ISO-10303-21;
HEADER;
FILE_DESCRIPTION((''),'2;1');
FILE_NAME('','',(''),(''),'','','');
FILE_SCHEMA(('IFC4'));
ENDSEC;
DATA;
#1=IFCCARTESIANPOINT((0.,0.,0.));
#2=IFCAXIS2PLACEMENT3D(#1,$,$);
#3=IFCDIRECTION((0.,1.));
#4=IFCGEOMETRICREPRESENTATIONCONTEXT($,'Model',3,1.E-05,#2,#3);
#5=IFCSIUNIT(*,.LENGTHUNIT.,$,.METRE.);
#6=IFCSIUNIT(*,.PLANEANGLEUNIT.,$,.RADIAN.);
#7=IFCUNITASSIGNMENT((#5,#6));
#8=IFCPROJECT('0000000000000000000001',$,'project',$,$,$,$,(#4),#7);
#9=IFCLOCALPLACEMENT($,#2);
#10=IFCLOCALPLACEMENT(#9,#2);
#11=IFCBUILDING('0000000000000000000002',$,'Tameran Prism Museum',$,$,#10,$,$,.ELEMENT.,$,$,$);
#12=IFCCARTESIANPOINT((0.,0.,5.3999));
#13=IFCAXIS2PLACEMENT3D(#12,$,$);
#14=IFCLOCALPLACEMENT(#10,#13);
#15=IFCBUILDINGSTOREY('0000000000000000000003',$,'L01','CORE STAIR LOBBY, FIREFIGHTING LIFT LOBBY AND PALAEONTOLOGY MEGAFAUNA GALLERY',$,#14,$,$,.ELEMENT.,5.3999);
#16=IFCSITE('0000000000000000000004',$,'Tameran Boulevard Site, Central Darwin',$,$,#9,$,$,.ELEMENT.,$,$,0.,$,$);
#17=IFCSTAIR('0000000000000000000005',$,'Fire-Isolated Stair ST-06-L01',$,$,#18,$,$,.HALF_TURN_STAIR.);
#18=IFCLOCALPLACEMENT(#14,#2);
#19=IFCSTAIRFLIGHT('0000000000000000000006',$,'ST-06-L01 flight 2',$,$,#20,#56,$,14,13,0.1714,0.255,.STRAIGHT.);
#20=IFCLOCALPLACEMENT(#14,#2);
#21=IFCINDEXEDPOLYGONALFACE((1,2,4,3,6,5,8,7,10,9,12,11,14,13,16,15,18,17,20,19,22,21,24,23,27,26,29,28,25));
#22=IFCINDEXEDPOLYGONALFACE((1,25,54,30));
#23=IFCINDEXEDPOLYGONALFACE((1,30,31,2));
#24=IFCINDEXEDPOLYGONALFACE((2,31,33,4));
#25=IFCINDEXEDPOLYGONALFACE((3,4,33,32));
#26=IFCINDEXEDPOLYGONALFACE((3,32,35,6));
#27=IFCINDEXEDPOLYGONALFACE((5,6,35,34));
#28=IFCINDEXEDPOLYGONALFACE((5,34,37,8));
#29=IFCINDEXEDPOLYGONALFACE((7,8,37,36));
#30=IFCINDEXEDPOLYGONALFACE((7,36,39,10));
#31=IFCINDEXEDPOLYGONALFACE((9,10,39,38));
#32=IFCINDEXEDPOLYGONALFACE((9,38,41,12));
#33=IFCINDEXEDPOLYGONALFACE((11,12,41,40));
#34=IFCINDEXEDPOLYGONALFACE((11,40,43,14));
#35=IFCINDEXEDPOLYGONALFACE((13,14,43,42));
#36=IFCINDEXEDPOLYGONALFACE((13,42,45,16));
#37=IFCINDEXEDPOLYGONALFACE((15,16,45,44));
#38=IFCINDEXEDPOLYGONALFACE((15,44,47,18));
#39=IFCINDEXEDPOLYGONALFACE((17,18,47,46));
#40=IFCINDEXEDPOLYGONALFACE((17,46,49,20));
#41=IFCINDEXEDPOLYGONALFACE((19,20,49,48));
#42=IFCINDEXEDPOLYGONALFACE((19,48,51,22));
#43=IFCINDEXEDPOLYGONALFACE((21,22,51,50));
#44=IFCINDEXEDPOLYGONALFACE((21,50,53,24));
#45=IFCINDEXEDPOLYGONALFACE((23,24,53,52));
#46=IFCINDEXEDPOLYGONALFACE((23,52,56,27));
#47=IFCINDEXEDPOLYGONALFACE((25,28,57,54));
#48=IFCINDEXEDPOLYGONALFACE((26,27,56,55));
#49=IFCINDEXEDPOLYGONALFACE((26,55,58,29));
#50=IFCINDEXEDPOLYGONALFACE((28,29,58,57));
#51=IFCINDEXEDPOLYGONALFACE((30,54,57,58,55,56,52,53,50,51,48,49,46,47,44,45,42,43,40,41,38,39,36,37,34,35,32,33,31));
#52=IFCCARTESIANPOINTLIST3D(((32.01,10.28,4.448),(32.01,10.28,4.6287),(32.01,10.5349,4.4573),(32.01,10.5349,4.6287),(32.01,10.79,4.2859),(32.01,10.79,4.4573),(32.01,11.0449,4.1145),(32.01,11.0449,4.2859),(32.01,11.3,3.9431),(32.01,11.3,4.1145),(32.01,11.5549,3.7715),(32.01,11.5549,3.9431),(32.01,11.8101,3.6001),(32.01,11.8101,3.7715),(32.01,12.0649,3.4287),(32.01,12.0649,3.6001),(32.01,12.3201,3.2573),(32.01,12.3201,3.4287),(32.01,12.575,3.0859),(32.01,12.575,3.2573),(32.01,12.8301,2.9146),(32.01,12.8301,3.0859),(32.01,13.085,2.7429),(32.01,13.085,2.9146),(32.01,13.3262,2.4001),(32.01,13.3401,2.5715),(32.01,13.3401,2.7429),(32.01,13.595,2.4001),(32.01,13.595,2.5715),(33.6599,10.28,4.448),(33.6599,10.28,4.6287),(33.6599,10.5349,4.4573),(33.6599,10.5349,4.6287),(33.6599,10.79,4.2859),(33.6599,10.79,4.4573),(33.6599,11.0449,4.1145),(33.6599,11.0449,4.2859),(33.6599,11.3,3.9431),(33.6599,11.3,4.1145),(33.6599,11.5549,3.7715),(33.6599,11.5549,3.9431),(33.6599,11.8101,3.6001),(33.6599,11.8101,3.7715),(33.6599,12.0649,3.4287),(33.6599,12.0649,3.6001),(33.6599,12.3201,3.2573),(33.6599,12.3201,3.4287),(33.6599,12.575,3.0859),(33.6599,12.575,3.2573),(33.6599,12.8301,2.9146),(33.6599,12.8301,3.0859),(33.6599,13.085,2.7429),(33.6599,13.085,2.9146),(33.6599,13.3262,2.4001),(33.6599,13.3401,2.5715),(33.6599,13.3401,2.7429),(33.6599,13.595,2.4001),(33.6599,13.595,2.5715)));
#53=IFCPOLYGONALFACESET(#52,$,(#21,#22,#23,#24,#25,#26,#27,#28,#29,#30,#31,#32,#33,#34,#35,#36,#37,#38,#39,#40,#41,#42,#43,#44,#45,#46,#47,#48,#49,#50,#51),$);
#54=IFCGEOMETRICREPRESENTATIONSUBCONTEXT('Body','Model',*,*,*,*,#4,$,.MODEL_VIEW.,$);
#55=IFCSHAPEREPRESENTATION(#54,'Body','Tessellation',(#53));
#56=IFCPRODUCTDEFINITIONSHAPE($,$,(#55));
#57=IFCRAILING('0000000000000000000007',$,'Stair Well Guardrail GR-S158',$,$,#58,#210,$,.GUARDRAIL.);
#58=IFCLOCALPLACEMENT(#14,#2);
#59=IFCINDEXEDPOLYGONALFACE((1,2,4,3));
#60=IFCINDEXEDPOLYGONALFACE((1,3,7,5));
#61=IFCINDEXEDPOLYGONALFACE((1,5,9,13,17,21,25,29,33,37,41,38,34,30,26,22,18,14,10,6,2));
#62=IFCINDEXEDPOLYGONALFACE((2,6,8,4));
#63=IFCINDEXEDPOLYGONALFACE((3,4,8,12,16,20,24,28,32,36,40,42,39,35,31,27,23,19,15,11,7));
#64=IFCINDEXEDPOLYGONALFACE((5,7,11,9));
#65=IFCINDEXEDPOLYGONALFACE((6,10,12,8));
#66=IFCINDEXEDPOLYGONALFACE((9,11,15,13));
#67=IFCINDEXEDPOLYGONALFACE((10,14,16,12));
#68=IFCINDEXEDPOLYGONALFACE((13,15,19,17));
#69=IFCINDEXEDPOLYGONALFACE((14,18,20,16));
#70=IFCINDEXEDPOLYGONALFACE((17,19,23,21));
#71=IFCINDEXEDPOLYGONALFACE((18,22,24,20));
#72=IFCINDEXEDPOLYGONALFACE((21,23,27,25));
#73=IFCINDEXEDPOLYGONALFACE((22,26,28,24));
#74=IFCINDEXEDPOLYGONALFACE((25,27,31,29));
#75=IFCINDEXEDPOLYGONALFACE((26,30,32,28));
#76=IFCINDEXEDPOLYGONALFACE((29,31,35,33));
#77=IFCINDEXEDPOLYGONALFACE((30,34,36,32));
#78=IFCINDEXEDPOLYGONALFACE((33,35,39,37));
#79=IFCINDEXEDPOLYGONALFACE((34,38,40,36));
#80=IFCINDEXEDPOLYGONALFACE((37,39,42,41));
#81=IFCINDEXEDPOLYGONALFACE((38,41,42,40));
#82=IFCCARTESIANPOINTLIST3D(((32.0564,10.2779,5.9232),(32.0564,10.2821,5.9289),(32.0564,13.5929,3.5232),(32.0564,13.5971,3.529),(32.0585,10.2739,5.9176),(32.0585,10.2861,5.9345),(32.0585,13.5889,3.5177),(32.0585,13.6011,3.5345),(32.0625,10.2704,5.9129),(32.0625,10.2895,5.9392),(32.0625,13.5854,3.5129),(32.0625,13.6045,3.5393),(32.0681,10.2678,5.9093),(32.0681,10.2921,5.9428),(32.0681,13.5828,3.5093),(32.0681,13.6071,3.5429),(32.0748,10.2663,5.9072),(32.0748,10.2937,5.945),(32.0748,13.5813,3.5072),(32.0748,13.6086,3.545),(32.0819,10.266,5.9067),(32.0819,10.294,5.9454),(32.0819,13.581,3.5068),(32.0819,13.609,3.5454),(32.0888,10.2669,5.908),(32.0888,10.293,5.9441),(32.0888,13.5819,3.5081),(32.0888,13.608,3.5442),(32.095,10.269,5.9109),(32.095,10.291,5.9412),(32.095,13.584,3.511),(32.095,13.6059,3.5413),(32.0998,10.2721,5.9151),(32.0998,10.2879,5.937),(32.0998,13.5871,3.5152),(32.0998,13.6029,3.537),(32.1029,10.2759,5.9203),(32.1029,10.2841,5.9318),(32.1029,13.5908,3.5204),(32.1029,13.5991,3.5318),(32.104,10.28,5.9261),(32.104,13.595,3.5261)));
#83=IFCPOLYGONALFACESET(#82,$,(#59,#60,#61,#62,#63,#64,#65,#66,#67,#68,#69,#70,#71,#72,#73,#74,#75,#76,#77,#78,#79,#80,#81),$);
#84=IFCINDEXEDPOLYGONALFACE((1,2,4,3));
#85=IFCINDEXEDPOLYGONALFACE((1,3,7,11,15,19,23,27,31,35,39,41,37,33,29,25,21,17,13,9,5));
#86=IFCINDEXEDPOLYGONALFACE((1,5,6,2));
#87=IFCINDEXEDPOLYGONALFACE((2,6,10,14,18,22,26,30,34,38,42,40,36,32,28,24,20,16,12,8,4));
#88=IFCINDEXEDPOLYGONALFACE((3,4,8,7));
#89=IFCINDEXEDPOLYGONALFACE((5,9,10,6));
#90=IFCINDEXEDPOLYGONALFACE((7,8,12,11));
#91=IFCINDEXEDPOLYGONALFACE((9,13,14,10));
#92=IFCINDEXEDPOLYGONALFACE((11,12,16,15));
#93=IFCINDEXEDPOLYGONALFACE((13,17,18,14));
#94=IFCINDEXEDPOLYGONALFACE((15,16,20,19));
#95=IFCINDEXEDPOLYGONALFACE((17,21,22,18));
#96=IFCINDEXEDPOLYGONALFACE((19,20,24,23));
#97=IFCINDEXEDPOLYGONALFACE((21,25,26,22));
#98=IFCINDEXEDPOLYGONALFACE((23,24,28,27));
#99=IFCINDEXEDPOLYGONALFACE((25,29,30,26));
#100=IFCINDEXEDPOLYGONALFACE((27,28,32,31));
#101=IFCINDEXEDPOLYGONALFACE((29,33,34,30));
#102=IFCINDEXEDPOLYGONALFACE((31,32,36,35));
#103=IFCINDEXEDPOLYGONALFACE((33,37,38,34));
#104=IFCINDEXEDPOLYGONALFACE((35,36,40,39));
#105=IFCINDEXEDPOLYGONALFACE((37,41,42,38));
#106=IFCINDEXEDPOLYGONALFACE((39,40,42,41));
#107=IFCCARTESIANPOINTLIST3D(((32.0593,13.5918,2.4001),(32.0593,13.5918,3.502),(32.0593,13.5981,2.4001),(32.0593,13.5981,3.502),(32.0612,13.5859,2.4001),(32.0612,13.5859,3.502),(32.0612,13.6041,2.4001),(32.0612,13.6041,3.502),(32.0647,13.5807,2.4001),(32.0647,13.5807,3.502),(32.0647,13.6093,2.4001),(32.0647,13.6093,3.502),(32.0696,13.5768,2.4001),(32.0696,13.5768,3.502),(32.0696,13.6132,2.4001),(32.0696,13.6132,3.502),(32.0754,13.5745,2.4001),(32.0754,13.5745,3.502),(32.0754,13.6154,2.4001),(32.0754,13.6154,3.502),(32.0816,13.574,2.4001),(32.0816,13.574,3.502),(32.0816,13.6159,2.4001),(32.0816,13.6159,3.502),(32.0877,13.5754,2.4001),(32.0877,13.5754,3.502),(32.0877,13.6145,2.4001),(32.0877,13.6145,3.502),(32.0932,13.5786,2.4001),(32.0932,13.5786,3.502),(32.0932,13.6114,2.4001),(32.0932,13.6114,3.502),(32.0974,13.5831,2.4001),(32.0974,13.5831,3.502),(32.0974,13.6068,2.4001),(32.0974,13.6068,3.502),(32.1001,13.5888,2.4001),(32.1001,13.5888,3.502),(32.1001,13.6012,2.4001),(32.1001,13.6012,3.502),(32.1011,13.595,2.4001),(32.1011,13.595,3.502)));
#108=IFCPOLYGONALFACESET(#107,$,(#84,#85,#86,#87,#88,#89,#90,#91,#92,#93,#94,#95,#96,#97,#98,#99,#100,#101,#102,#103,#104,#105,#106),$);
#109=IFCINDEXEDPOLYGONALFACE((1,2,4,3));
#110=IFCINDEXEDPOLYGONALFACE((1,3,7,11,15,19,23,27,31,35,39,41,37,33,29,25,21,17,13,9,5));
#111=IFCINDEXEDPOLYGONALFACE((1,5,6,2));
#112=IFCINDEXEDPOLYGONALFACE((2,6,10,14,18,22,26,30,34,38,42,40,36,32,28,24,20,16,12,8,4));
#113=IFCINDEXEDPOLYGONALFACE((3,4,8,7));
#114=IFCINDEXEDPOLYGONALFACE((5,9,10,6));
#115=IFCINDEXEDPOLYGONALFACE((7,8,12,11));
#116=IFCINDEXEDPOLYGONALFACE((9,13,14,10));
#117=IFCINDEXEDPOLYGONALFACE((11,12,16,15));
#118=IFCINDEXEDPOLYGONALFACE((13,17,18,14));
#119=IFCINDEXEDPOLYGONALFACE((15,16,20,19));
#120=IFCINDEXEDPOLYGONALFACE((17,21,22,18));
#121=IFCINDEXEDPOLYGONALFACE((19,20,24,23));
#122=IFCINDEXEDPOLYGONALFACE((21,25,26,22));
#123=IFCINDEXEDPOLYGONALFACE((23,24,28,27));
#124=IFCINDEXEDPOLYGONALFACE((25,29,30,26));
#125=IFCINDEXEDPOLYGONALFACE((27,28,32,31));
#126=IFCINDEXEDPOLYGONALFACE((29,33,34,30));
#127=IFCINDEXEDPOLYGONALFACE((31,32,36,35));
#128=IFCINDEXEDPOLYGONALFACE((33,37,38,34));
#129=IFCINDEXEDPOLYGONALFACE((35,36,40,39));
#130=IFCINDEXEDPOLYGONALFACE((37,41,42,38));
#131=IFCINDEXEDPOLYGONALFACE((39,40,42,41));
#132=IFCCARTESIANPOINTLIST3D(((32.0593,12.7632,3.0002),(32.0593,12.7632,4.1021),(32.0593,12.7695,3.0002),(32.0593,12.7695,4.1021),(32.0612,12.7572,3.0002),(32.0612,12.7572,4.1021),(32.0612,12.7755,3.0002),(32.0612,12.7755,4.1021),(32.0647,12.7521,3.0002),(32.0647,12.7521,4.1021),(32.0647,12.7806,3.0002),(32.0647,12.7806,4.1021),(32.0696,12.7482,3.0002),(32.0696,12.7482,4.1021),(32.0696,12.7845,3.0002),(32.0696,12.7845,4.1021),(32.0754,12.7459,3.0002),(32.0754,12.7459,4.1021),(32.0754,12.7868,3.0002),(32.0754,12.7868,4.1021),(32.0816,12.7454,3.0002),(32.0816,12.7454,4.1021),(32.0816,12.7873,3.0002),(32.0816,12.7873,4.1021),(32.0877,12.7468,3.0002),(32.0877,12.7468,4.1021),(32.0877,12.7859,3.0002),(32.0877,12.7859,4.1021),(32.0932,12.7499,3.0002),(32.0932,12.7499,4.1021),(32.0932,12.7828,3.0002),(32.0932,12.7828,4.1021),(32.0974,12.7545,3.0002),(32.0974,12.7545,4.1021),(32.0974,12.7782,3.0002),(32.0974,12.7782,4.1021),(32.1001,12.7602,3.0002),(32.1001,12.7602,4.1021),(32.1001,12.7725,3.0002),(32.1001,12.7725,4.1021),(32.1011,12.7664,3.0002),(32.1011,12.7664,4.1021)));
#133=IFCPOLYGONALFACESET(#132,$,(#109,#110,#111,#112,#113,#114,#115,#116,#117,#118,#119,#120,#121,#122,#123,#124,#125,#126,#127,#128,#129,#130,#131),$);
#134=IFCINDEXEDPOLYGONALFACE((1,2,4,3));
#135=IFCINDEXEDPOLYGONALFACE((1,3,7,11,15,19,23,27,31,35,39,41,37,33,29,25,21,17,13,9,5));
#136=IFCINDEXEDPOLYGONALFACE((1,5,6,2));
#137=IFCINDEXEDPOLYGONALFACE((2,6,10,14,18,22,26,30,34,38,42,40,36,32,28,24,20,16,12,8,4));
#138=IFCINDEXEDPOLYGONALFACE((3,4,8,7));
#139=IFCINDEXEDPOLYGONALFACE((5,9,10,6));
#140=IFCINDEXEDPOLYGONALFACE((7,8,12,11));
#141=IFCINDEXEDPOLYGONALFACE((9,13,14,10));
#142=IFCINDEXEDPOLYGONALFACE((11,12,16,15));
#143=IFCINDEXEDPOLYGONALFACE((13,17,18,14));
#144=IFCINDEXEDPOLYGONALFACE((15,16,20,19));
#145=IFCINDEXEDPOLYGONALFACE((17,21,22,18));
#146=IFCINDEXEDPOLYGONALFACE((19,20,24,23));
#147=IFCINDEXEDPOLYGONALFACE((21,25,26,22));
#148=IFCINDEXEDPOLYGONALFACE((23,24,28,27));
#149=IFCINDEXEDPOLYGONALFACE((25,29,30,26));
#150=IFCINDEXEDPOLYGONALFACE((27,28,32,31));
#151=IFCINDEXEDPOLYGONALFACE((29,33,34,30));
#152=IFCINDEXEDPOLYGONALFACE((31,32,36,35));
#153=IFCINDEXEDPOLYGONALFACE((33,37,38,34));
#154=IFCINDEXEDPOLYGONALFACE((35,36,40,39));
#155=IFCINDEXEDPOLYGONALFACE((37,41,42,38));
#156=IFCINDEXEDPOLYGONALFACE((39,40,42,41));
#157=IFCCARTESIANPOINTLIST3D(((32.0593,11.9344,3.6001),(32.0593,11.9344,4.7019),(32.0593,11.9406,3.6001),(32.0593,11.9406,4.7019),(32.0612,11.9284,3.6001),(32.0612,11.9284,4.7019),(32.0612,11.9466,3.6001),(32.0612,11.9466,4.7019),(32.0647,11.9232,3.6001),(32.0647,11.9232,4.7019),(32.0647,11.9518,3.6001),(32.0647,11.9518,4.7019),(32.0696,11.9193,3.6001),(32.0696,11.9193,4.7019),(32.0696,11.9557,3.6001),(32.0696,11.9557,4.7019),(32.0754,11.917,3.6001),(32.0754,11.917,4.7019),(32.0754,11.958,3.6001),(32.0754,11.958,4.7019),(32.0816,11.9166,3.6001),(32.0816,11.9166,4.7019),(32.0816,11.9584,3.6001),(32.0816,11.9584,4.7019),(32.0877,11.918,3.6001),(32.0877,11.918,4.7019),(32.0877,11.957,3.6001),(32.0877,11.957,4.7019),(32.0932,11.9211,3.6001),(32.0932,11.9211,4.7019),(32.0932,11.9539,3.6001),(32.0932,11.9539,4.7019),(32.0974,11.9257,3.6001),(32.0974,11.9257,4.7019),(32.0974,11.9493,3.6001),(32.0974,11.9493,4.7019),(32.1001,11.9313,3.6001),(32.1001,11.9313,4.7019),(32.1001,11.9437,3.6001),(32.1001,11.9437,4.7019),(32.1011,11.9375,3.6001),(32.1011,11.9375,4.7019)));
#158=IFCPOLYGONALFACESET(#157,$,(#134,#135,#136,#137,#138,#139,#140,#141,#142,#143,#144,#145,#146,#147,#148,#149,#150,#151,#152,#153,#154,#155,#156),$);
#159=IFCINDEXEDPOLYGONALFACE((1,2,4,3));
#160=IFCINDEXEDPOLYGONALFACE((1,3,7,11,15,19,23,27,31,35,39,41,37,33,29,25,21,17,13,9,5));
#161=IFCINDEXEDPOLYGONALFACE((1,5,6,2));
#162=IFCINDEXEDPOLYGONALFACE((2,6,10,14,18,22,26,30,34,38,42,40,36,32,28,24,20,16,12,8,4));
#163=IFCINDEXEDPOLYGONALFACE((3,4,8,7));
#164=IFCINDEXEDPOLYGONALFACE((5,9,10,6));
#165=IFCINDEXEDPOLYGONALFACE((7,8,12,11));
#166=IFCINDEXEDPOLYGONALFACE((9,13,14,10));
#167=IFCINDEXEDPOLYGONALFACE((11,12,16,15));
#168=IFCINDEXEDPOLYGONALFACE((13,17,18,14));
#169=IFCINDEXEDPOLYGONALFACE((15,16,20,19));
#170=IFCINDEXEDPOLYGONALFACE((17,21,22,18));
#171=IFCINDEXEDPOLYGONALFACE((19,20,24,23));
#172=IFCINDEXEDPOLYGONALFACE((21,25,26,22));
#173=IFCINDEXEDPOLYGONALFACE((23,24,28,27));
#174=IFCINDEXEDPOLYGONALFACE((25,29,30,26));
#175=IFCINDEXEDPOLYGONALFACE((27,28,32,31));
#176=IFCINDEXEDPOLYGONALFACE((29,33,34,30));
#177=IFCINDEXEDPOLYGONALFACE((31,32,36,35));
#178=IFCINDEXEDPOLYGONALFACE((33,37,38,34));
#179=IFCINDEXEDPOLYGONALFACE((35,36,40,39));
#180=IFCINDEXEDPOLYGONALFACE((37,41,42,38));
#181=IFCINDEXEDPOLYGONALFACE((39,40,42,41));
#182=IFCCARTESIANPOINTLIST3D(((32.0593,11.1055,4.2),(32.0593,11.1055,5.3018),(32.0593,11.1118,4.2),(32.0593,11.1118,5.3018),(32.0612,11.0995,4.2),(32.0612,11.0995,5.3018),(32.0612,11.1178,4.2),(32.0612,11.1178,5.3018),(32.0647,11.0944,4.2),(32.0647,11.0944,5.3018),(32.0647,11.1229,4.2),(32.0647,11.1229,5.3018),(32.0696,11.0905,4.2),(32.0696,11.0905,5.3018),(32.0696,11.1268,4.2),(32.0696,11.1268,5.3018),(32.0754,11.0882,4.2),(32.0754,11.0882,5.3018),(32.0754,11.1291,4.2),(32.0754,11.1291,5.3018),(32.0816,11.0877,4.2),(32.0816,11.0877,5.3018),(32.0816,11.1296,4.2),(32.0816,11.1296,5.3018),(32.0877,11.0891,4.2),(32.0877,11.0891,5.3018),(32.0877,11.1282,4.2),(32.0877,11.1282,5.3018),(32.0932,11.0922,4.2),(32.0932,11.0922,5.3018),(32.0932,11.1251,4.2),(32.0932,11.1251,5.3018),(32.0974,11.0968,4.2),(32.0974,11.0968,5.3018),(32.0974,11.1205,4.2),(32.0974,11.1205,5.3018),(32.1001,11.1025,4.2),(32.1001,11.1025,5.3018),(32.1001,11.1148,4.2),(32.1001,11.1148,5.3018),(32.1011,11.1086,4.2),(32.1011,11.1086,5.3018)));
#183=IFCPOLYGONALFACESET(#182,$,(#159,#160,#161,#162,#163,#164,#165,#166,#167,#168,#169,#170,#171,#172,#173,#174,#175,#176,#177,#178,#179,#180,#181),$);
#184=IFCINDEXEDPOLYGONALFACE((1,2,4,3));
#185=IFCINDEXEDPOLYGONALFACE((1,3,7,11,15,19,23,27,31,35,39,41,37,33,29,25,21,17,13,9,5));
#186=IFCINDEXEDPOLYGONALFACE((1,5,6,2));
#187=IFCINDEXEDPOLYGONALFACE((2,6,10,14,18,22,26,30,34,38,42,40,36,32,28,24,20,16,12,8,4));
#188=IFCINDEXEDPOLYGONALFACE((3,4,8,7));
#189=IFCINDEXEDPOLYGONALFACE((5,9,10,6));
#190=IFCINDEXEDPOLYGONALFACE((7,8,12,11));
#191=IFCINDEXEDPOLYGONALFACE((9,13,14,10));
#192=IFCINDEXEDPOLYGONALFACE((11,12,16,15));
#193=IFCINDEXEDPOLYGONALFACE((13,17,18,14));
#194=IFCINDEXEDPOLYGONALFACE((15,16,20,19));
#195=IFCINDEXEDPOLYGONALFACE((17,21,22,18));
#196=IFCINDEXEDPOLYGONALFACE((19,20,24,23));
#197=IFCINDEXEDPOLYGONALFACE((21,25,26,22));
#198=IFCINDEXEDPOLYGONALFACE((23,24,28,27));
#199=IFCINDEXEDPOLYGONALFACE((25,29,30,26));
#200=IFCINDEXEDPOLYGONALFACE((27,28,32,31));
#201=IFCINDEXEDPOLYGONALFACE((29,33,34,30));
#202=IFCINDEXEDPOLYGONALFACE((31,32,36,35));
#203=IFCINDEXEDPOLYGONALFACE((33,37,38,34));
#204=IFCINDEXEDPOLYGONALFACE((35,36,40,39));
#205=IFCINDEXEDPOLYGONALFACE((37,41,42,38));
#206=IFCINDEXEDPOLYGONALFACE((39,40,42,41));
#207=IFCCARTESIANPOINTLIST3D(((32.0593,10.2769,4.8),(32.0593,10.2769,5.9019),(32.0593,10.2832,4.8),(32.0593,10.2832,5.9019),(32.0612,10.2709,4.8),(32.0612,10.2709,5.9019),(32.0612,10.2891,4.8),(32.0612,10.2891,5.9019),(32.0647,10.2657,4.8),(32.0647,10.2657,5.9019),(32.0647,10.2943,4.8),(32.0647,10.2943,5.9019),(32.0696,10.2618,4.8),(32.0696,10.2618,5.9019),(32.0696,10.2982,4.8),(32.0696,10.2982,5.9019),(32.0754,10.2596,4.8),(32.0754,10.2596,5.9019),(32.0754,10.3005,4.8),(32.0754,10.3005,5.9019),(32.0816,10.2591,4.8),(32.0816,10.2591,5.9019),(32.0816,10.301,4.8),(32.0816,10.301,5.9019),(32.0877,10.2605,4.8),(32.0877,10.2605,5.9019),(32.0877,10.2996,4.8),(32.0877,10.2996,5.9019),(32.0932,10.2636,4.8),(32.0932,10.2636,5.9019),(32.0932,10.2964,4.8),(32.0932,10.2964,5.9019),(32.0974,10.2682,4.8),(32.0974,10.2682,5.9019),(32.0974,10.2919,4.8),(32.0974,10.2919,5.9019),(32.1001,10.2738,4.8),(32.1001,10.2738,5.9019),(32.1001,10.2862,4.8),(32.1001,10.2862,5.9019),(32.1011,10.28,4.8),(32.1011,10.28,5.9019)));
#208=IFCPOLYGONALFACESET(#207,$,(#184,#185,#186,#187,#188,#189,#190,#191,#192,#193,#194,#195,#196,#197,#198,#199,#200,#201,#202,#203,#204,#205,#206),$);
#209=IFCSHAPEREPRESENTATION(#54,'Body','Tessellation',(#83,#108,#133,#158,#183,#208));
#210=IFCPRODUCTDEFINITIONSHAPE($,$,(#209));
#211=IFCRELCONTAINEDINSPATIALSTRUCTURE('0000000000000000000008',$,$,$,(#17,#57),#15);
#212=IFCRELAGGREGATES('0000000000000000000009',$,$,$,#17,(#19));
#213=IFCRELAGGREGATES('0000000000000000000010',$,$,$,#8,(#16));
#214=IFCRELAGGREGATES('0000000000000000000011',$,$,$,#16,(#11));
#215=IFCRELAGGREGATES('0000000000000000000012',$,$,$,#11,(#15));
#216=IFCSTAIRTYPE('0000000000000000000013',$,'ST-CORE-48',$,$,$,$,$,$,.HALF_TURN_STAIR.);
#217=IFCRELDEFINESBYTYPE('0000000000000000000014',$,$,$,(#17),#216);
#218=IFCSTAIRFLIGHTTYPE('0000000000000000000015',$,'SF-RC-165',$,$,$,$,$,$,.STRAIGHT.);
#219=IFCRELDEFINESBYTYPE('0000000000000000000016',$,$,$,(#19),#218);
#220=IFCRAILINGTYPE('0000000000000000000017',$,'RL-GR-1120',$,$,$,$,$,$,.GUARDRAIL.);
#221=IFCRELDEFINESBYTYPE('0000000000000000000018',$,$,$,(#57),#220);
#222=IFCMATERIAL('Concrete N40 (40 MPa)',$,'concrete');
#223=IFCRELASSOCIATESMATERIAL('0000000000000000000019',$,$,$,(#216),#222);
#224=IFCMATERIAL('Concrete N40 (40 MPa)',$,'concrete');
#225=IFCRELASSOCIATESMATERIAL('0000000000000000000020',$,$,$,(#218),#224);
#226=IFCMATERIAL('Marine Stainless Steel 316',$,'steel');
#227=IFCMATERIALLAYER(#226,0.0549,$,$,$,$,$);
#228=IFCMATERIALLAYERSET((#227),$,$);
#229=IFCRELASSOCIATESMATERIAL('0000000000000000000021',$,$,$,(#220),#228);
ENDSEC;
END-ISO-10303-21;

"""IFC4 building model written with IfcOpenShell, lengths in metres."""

from ifc_helpers import new_model, si_unit, direction, frame, origin, origin_2d, place, context, subcontext, project, spatial, polyline, circle, outline, extrude, material, layer, layer_set, type_object, element, aggregate, save


model = new_model("IFC4")

# Units and contexts
model_context = context("Model", 3, precision=1e-05, world=origin(), true_north=direction((0.0, 1.0)))
body_context = subcontext(model_context, "Body", "Model", "MODEL_VIEW")
ifc_project = project(units=[si_unit("LENGTHUNIT", "METRE"), si_unit("PLANEANGLEUNIT", "RADIAN")], contexts=[model_context])

# Site, building, storey
site_placement = place(None, origin())
site = spatial("IfcSite", under=ifc_project, at=site_placement, Name="Tameran Boulevard Site, Central Darwin", CompositionType="ELEMENT", RefElevation=0.0)
building_placement = place(site_placement, origin())
building = spatial("IfcBuilding", under=site, at=building_placement, Name="Tameran Prism Museum", CompositionType="ELEMENT")
storey_placement = place(building_placement, frame((0.0, 0.0, 5.3999)))
storey = spatial("IfcBuildingStorey", under=building, at=storey_placement, Name="L01", Description="CORE STAIR LOBBY, FIREFIGHTING LIFT LOBBY AND PALAEONTOLOGY MEGAFAUNA GALLERY", CompositionType="ELEMENT", Elevation=5.3999)

# Stair, stair flight
ifc_material_1 = material(Name="Concrete N40 (40 MPa)", Category="concrete")
stair_type = type_object("IfcStairType", Name="ST-CORE-48", PredefinedType="HALF_TURN_STAIR", material=ifc_material_1)
stair_placement = place(storey_placement, origin())
stair = element("IfcStair", 1, at=stair_placement, inside=storey, type_object=stair_type, Name="Fire-Isolated Stair ST-06-L01", PredefinedType="HALF_TURN_STAIR")
ifc_material_2 = material(Name="Concrete N40 (40 MPa)", Category="concrete")
stair_flight_type = type_object("IfcStairFlightType", Name="SF-RC-165", PredefinedType="STRAIGHT", material=ifc_material_2)
stair_flight_placement = place(storey_placement, frame((32.835, 13.595, 2.4001), z_axis=(0.0, 0.0, 1.0), x_axis=(0.0, -1.0, 0.0)))
stair_flight = element("IfcStairFlight", 2, at=stair_flight_placement, type_object=stair_flight_type, Name="ST-06-L01 flight 2", NumberOfRisers=14, NumberOfTreads=13, PredefinedType="STRAIGHT", RiserHeight=0.1714, TreadLength=0.255, context=body_context, shape_type="SweptSolid", body=[
    extrude(outline(polyline([(0.0, 0.0), (0.0, 0.1714), (0.2549, 0.1714), (0.2549, 0.3428), (0.51, 0.3428), (0.51, 0.5144), (0.7649, 0.5144), (0.7649, 0.6858), (1.02, 0.6858), (1.02, 0.8572), (1.2749, 0.8572), (1.2749, 1.0286), (1.53, 1.0286), (1.53, 1.2), (1.7849, 1.2), (1.7849, 1.3713), (2.04, 1.3713), (2.04, 1.543), (2.2949, 1.543), (2.2949, 1.7144), (2.55, 1.7144), (2.55, 1.8857), (2.8049, 1.8857), (2.8049, 2.0571), (3.0601, 2.0571), (3.0601, 2.2285), (3.3149, 2.2285), (3.3149, 2.3999), (3.3149, 2.0479), (0.2688, 0.0), (0.0, 0.0)])), frame((0.0, 0.825, 0.0), z_axis=(0.0, -1.0, 0.0), x_axis=(1.0, 0.0, 0.0)), (0.0, 0.0, 1.0), 1.6499),
])
aggregate(stair, [stair_flight])

# Railing
ifc_material_3 = material(Name="Marine Stainless Steel 316", Category="steel")
ifc_layer_1 = layer(ifc_material_3, 0.0549)
ifc_layer_set_1 = layer_set([ifc_layer_1])
railing_type_1 = type_object("IfcRailingType", Name="RL-GR-1120", PredefinedType="GUARDRAIL", material=ifc_layer_set_1)
railing_1_placement = place(storey_placement, frame((32.0801, 13.595, 2.4001)))
element("IfcRailing", 3, at=railing_1_placement, inside=storey, type_object=railing_type_1, Name="Stair Well Guardrail GR-S158", PredefinedType="GUARDRAIL", context=body_context, shape_type="SweptSolid", body=[
    extrude(circle(Radius=0.0239, at=origin_2d()), frame((0.0, 0.0, 1.126), z_axis=(0.0, -0.810009, 0.586418), x_axis=(1.0, 0.0, 0.0)), (0.0, 0.0, 1.0), 4.0925),
    extrude(circle(Radius=0.021, at=origin_2d()), origin(), (0.0, 0.0, 1.0), 1.1018),
    extrude(circle(Radius=0.021, at=origin_2d()), frame((0.0, -0.8286, 0.6001)), (0.0, 0.0, 1.0), 1.1018),
    extrude(circle(Radius=0.021, at=origin_2d()), frame((0.0, -1.6575, 1.2)), (0.0, 0.0, 1.0), 1.1018),
    extrude(circle(Radius=0.021, at=origin_2d()), frame((0.0, -2.4863, 1.7998)), (0.0, 0.0, 1.0), 1.1018),
    extrude(circle(Radius=0.021, at=origin_2d()), frame((0.0, -3.3149, 2.3999)), (0.0, 0.0, 1.0), 1.1018),
])

save(model, "model.ifc")
